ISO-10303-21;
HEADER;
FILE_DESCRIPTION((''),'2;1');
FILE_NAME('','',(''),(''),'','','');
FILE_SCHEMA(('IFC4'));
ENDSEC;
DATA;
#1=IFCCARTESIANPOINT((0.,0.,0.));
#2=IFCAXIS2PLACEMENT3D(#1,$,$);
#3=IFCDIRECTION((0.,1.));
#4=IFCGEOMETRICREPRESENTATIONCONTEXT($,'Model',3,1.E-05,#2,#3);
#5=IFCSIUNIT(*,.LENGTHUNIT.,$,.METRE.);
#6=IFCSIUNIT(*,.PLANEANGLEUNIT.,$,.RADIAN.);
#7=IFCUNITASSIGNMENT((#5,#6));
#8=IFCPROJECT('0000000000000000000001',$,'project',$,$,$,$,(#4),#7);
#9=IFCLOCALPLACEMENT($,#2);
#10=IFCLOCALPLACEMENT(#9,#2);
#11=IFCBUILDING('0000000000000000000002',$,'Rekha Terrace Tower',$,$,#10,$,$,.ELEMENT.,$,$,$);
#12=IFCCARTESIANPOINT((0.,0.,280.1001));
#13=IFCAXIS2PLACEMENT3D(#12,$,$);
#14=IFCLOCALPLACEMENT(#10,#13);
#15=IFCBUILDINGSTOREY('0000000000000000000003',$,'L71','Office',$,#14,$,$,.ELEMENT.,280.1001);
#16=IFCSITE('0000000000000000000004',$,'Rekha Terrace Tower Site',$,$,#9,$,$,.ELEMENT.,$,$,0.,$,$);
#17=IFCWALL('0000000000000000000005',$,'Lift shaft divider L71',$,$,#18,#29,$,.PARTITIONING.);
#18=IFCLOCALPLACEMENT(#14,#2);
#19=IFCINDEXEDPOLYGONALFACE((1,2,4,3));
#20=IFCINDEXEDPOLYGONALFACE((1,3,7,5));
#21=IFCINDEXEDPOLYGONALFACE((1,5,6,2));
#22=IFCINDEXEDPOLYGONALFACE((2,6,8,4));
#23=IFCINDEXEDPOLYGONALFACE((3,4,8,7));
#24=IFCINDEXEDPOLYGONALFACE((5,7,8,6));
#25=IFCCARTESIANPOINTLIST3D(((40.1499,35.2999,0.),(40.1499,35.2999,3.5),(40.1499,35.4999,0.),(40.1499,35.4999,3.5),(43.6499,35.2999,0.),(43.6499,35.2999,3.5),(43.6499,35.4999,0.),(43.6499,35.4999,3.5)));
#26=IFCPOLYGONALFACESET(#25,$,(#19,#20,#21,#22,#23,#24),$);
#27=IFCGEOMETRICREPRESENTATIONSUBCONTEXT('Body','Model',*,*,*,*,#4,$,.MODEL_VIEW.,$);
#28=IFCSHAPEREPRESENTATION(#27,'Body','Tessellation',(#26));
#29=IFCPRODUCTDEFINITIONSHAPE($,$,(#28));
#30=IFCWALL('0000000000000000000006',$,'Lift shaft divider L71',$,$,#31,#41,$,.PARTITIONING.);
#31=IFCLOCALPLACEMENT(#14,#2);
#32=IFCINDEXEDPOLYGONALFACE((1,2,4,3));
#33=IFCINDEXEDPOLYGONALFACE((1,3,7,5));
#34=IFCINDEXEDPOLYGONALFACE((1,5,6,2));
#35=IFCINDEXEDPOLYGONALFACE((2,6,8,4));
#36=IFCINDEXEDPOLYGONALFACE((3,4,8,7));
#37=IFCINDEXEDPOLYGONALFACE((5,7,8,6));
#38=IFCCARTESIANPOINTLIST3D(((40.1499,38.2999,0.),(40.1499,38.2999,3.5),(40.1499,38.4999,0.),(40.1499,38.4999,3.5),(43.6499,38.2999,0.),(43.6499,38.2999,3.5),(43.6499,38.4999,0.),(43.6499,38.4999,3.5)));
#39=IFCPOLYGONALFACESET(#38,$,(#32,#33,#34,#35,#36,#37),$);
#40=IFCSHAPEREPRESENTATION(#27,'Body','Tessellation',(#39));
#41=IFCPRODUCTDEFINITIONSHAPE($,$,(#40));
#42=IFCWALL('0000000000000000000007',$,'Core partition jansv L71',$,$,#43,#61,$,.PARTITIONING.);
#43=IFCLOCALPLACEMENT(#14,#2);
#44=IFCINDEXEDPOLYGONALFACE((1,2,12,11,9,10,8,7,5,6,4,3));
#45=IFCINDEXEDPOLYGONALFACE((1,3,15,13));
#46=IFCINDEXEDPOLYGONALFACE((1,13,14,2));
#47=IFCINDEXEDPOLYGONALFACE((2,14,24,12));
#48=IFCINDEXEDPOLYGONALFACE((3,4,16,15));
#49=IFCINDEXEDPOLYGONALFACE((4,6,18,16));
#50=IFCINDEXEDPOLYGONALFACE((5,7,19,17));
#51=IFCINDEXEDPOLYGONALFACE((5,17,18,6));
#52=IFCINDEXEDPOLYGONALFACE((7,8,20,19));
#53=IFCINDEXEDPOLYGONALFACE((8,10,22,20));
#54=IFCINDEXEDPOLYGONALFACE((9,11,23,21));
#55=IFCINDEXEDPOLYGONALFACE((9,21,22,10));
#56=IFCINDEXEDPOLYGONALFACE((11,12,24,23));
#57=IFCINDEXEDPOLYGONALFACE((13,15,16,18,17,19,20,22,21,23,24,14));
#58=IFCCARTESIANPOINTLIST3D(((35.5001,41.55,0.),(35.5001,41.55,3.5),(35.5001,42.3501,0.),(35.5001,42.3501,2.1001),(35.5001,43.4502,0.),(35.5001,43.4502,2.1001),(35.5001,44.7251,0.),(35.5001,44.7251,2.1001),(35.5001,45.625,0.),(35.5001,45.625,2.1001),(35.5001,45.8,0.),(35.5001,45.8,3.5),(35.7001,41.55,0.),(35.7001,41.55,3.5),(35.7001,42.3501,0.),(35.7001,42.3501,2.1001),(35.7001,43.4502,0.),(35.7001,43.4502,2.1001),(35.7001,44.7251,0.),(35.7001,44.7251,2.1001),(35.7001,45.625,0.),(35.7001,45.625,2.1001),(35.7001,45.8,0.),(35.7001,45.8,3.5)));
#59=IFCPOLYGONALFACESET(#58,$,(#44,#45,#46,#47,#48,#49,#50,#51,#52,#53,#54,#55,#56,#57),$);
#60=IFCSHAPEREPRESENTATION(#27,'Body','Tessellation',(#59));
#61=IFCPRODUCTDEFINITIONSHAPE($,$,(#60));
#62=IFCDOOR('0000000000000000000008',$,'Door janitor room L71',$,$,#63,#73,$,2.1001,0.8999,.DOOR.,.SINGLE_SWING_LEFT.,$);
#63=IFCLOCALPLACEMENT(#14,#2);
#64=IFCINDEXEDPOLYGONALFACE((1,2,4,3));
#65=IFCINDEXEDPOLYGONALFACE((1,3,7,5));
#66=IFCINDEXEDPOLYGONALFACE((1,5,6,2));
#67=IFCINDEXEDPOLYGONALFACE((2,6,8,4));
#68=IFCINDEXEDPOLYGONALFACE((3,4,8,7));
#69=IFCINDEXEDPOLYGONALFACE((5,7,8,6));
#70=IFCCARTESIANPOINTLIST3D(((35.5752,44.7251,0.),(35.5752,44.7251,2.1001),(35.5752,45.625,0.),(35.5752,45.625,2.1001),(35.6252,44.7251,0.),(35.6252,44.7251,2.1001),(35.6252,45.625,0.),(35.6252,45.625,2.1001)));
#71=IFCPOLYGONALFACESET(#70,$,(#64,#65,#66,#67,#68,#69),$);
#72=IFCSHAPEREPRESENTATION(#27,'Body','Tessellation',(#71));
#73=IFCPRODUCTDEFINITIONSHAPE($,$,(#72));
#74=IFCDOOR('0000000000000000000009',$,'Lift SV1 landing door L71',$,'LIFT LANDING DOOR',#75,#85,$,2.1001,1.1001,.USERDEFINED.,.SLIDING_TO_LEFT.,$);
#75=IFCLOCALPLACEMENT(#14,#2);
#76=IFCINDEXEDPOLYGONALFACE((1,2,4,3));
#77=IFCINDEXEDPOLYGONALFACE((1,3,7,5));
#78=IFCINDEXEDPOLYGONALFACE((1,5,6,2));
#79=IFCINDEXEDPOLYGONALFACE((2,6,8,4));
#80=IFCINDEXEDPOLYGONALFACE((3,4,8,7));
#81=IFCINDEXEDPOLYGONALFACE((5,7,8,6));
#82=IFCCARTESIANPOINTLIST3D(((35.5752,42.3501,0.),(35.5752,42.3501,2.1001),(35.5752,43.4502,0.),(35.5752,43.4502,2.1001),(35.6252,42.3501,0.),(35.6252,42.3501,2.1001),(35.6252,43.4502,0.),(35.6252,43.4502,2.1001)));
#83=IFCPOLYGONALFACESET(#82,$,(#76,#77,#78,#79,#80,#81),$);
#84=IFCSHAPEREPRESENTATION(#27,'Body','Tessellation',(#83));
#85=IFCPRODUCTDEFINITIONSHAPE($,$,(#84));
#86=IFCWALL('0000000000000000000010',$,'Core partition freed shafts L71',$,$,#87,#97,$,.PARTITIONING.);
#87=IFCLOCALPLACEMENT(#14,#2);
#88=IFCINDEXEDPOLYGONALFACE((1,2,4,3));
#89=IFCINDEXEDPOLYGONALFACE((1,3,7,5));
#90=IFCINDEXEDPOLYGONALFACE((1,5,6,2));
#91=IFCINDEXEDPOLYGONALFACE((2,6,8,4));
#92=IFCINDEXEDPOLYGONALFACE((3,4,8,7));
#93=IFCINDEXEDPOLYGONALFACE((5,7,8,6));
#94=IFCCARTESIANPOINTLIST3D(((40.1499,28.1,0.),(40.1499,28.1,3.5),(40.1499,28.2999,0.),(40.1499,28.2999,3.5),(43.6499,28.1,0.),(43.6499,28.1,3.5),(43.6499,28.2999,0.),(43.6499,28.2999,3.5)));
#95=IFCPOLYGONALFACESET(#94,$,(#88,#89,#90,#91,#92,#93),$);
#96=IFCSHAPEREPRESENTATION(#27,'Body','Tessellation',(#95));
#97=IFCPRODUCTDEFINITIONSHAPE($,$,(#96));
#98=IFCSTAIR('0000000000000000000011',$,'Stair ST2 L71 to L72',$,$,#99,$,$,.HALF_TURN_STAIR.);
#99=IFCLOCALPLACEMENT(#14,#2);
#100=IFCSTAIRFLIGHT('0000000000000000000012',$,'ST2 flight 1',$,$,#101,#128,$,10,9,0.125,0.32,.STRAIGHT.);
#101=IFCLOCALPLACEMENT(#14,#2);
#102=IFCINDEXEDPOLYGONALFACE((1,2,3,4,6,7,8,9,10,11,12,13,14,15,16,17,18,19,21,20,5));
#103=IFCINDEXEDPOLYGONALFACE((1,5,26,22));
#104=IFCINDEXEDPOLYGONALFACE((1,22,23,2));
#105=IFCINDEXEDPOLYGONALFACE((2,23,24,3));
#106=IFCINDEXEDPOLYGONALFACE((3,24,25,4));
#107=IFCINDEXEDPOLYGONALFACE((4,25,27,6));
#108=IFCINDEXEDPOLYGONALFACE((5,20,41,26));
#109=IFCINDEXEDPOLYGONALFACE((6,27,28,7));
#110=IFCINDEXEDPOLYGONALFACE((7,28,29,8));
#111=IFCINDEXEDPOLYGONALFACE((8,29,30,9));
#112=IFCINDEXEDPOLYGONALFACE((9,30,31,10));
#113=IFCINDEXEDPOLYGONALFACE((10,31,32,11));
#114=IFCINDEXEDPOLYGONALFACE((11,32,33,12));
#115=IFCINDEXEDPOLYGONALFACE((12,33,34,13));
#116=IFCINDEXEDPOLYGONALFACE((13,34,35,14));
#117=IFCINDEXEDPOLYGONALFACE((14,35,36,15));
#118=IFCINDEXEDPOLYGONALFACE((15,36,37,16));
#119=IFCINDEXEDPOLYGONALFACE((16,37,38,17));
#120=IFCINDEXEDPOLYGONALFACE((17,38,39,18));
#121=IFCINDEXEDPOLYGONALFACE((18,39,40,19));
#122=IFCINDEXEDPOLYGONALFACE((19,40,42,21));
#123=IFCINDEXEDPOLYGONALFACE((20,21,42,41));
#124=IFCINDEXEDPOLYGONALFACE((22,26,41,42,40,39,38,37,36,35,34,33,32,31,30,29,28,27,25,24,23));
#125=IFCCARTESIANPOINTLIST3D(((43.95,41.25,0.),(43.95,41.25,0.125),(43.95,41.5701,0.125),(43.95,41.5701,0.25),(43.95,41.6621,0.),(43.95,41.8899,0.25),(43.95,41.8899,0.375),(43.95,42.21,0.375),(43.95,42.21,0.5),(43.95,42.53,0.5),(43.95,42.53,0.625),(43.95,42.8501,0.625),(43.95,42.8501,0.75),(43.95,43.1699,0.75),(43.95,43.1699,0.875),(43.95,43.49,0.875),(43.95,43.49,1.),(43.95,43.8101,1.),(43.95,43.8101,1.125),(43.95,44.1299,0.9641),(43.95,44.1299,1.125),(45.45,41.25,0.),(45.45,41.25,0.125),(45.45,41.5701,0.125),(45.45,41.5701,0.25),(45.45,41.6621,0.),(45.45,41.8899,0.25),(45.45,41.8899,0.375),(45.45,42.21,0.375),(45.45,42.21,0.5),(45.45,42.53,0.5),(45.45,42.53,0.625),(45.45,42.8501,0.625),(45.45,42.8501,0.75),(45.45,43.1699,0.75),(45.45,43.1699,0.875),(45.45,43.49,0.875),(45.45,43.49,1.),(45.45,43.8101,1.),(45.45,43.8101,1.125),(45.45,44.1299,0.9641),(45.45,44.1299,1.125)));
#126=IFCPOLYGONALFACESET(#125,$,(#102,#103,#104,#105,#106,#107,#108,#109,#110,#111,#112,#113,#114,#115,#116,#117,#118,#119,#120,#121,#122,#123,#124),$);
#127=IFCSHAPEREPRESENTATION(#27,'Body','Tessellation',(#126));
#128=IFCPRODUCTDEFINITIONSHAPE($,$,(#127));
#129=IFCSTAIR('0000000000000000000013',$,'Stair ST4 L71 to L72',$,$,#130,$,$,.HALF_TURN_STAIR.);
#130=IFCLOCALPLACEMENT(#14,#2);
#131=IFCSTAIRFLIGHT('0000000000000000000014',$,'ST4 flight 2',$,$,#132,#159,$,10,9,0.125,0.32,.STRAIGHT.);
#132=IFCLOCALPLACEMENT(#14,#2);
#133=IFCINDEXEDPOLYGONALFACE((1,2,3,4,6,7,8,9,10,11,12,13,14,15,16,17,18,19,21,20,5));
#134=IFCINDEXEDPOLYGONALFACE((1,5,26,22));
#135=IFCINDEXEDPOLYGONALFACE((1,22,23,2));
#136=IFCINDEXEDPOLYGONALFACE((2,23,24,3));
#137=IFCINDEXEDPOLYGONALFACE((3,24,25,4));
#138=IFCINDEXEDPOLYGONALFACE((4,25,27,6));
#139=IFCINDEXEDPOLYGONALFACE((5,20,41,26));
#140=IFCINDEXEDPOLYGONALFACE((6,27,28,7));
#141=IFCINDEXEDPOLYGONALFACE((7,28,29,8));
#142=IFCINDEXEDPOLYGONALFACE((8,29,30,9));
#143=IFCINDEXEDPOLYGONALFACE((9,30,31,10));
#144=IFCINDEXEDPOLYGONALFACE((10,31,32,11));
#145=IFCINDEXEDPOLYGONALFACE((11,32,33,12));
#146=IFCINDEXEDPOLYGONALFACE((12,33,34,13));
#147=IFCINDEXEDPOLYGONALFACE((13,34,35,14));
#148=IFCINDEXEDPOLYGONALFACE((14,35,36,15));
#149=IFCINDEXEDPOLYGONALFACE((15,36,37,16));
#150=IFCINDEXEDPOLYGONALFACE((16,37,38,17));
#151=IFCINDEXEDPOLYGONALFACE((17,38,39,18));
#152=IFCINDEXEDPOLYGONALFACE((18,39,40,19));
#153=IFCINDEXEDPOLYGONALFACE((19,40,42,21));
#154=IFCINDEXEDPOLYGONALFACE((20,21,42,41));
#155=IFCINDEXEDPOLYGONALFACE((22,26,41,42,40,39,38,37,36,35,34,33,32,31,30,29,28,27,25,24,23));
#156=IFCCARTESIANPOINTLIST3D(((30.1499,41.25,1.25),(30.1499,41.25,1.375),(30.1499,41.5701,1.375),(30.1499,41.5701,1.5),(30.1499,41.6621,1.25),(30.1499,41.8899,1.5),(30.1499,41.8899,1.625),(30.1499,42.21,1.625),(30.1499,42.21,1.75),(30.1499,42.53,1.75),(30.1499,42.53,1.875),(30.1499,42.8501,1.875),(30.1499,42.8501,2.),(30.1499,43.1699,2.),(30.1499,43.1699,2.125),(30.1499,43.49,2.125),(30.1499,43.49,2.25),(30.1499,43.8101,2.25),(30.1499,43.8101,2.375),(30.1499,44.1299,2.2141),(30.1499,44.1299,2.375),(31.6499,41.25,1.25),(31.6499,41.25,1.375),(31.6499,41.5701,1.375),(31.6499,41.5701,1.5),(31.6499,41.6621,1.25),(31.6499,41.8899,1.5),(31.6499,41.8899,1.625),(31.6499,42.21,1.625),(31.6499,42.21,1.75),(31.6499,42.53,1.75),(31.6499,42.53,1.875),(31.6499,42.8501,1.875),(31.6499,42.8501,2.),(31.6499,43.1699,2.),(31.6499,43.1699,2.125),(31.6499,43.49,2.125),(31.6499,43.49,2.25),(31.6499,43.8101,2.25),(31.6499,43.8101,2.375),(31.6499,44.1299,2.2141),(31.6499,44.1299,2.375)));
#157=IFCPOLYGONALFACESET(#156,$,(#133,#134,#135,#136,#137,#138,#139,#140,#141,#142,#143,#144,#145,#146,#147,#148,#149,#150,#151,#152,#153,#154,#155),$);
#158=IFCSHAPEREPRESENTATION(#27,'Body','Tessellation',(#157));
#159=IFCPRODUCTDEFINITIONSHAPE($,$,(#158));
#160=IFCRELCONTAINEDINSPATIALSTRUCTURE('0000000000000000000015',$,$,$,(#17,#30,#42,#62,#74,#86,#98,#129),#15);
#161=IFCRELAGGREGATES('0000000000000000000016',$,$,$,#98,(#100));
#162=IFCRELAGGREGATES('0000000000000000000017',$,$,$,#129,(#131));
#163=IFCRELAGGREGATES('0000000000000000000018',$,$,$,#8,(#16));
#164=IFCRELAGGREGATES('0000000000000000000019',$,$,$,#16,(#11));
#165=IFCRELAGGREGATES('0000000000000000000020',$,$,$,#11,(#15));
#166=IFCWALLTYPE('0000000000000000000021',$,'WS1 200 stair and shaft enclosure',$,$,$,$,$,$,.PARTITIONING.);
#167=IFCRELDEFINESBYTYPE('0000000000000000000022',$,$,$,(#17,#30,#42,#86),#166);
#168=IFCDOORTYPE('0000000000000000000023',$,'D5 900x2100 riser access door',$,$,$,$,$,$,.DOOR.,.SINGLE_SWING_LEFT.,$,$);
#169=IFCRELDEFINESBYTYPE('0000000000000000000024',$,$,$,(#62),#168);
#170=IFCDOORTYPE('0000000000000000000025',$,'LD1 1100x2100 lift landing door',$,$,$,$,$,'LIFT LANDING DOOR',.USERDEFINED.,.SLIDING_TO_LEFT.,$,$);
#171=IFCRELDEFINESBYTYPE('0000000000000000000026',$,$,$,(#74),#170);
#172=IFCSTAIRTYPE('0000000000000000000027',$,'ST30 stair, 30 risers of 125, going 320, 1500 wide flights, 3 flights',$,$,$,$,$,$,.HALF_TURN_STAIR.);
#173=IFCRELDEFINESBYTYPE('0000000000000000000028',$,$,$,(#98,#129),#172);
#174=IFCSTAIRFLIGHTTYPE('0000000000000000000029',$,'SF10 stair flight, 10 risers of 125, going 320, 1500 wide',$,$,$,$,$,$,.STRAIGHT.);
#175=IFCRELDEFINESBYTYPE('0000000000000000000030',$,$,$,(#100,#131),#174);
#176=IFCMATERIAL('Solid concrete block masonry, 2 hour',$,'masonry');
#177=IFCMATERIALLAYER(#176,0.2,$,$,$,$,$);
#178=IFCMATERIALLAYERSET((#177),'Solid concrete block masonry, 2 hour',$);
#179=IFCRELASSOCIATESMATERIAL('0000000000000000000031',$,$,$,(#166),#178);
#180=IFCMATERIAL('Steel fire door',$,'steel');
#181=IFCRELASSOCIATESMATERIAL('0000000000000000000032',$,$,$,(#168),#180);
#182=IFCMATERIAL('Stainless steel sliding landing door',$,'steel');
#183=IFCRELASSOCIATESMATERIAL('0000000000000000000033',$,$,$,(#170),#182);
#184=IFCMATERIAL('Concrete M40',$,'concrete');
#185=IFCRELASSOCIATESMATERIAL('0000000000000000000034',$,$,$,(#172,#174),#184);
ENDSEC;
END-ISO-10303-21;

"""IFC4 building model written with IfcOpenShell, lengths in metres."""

from ifc_helpers import new_model, si_unit, direction, frame, frame_2d, origin, place, context, subcontext, project, spatial, polyline, rectangle, outline, extrude, material, layer, layer_set, type_object, element, fill, aggregate, save


model = new_model("IFC4")

# Units and contexts
model_context = context("Model", 3, precision=1e-05, world=origin(), true_north=direction((0.0, 1.0)))
body_context = subcontext(model_context, "Body", "Model", "MODEL_VIEW")
ifc_project = project(units=[si_unit("LENGTHUNIT", "METRE"), si_unit("PLANEANGLEUNIT", "RADIAN")], contexts=[model_context])

# Site, building, storey
site_placement = place(None, origin())
site = spatial("IfcSite", under=ifc_project, at=site_placement, Name="Rekha Terrace Tower Site", CompositionType="ELEMENT", RefElevation=0.0)
building_placement = place(site_placement, origin())
building = spatial("IfcBuilding", under=site, at=building_placement, Name="Rekha Terrace Tower", CompositionType="ELEMENT")
storey_placement = place(building_placement, frame((0.0, 0.0, 280.1001)))
storey = spatial("IfcBuildingStorey", under=building, at=storey_placement, Name="L71", Description="Office", CompositionType="ELEMENT", Elevation=280.1001)

# Shared definitions
ifc_material_1 = material(Name="Stainless steel sliding landing door", Category="steel")
ifc_material_2 = material(Name="Steel fire door", Category="steel")

# Walls
ifc_material_3 = material(Name="Solid concrete block masonry, 2 hour", Category="masonry")
ifc_layer_1 = layer(ifc_material_3, 0.2)
ifc_layer_set_1 = layer_set([ifc_layer_1], Name="Solid concrete block masonry, 2 hour")
wall_type_1 = type_object("IfcWallType", Name="WS1 200 stair and shaft enclosure", PredefinedType="PARTITIONING", material=ifc_layer_set_1)
for number, where, z_axis, x_axis, name in (
    (1, (40.1499, 35.3999, 0.0), (0.0, 0.0, 1.0), (1.0, 0.0, 0.0), "Lift shaft divider L71"),
    (2, (40.1499, 38.3999, 0.0), (0.0, 0.0, 1.0), (1.0, 0.0, 0.0), "Lift shaft divider L71"),
):
    element("IfcWall", number, at=place(storey_placement, frame(where, z_axis=z_axis, x_axis=x_axis)), inside=storey, type_object=wall_type_1, Name=name, PredefinedType="PARTITIONING", context=body_context, shape_type="SweptSolid", body=[
        extrude(rectangle(XDim=3.5, YDim=0.2, at=frame_2d((1.75, 0.0))), origin(), (0.0, 0.0, 1.0), 3.5),
    ])

# Wall, openings, doors
wall_1_placement = place(storey_placement, frame((35.6001, 41.55, 0.0), z_axis=(0.0, 0.0, 1.0), x_axis=(0.0, 1.0, 0.0)))
wall_1 = element("IfcWall", 3, at=wall_1_placement, inside=storey, type_object=wall_type_1, Name="Core partition jansv L71", PredefinedType="PARTITIONING", context=body_context, shape_type="SweptSolid", body=[
    extrude(rectangle(XDim=4.25, YDim=0.2, at=frame_2d((2.125, 0.0))), origin(), (0.0, 0.0, 1.0), 3.5),
])
opening_1_placement = place(wall_1_placement, frame((3.175, 0.0, 0.0)))
opening_1 = element("IfcOpeningElement", 4, at=opening_1_placement, cuts=wall_1, PredefinedType="OPENING", context=body_context, shape_type="SweptSolid", body=[
    extrude(rectangle(XDim=0.8999, YDim=2.1001, at=frame_2d((0.45, 1.05))), frame((0.0, 0.1099, 0.0), z_axis=(0.0, -1.0, 0.0), x_axis=(1.0, 0.0, 0.0)), (0.0, 0.0, 1.0), 0.22),
])
opening_2_placement = place(wall_1_placement, frame((0.8, 0.0, 0.0)))
opening_2 = element("IfcOpeningElement", 5, at=opening_2_placement, cuts=wall_1, PredefinedType="OPENING", context=body_context, shape_type="SweptSolid", body=[
    extrude(rectangle(XDim=1.1001, YDim=2.1001, at=frame_2d((0.55, 1.05))), frame((0.0, 0.1099, 0.0), z_axis=(0.0, -1.0, 0.0), x_axis=(1.0, 0.0, 0.0)), (0.0, 0.0, 1.0), 0.22),
])
door_type_1 = type_object("IfcDoorType", Name="D5 900x2100 riser access door", OperationType="SINGLE_SWING_LEFT", PredefinedType="DOOR", material=ifc_material_2)
door_1_placement = place(opening_1_placement, origin())
door_1 = element("IfcDoor", 6, at=door_1_placement, inside=storey, type_object=door_type_1, Name="Door janitor room L71", OperationType="SINGLE_SWING_LEFT", OverallHeight=2.1001, OverallWidth=0.8999, PredefinedType="DOOR", context=body_context, shape_type="SweptSolid", body=[
    extrude(rectangle(XDim=0.8999, YDim=2.1001, at=frame_2d((0.45, 1.05))), frame((0.0, 0.0249, 0.0), z_axis=(0.0, -1.0, 0.0), x_axis=(1.0, 0.0, 0.0)), (0.0, 0.0, 1.0), 0.05),
])
fill(opening_1, door_1)
door_type_2 = type_object("IfcDoorType", Name="LD1 1100x2100 lift landing door", ElementType="LIFT LANDING DOOR", OperationType="SLIDING_TO_LEFT", PredefinedType="USERDEFINED", material=ifc_material_1)
door_2_placement = place(opening_2_placement, origin())
door_2 = element("IfcDoor", 7, at=door_2_placement, inside=storey, type_object=door_type_2, Name="Lift SV1 landing door L71", ObjectType="LIFT LANDING DOOR", OperationType="SLIDING_TO_LEFT", OverallHeight=2.1001, OverallWidth=1.1001, PredefinedType="USERDEFINED", context=body_context, shape_type="SweptSolid", body=[
    extrude(rectangle(XDim=1.1001, YDim=2.1001, at=frame_2d((0.55, 1.05))), frame((0.0, 0.0249, 0.0), z_axis=(0.0, -1.0, 0.0), x_axis=(1.0, 0.0, 0.0)), (0.0, 0.0, 1.0), 0.05),
])
fill(opening_2, door_2)

# Wall
wall_2_placement = place(storey_placement, frame((40.1499, 28.2, 0.0), z_axis=(0.0, 0.0, 1.0), x_axis=(1.0, 0.0, 0.0)))
element("IfcWall", 8, at=wall_2_placement, inside=storey, type_object=wall_type_1, Name="Core partition freed shafts L71", PredefinedType="PARTITIONING", context=body_context, shape_type="SweptSolid", body=[
    extrude(rectangle(XDim=3.5, YDim=0.2, at=frame_2d((1.75, 0.0))), origin(), (0.0, 0.0, 1.0), 3.5),
])

# Stairs, stair flights
ifc_material_4 = material(Name="Concrete M40", Category="concrete")
stair_type = type_object("IfcStairType", Name="ST30 stair, 30 risers of 125, going 320, 1500 wide flights, 3 flights", PredefinedType="HALF_TURN_STAIR", material=ifc_material_4)
stair_1_placement = place(storey_placement, origin())
stair_1 = element("IfcStair", 9, at=stair_1_placement, inside=storey, type_object=stair_type, Name="Stair ST2 L71 to L72", PredefinedType="HALF_TURN_STAIR")
stair_flight_type = type_object("IfcStairFlightType", Name="SF10 stair flight, 10 risers of 125, going 320, 1500 wide", PredefinedType="STRAIGHT", material=ifc_material_4)
stair_flight_1_placement = place(storey_placement, frame((44.7, 41.25, 0.0), z_axis=(0.0, 0.0, 1.0), x_axis=(0.0, 1.0, 0.0)))
stair_flight_1 = element("IfcStairFlight", 10, at=stair_flight_1_placement, type_object=stair_flight_type, Name="ST2 flight 1", NumberOfRisers=10, NumberOfTreads=9, PredefinedType="STRAIGHT", RiserHeight=0.125, TreadLength=0.32, context=body_context, shape_type="SweptSolid", body=[
    extrude(outline(polyline([(0.0, 0.0), (0.0, 0.125), (0.3201, 0.125), (0.3201, 0.25), (0.6399, 0.25), (0.6399, 0.375), (0.96, 0.375), (0.96, 0.5), (1.28, 0.5), (1.28, 0.625), (1.6001, 0.625), (1.6001, 0.75), (1.9199, 0.75), (1.9199, 0.875), (2.24, 0.875), (2.24, 1.0), (2.5601, 1.0), (2.5601, 1.125), (2.8799, 1.125), (2.8799, 1.25), (2.8799, 0.9641), (0.4121, 0.0), (0.0, 0.0)])), frame((0.0, 0.75, 0.0), z_axis=(0.0, -1.0, 0.0), x_axis=(1.0, 0.0, 0.0)), (0.0, 0.0, 1.0), 1.5),
])
aggregate(stair_1, [stair_flight_1])
stair_2_placement = place(storey_placement, origin())
stair_2 = element("IfcStair", 11, at=stair_2_placement, inside=storey, type_object=stair_type, Name="Stair ST4 L71 to L72", PredefinedType="HALF_TURN_STAIR")
stair_flight_2_placement = place(storey_placement, frame((30.8999, 41.25, 1.25), z_axis=(0.0, 0.0, 1.0), x_axis=(0.0, 1.0, 0.0)))
stair_flight_2 = element("IfcStairFlight", 12, at=stair_flight_2_placement, type_object=stair_flight_type, Name="ST4 flight 2", NumberOfRisers=10, NumberOfTreads=9, PredefinedType="STRAIGHT", RiserHeight=0.125, TreadLength=0.32, context=body_context, shape_type="SweptSolid", body=[
    extrude(outline(polyline([(0.0, 0.0), (0.0, 0.125), (0.3201, 0.125), (0.3201, 0.25), (0.6399, 0.25), (0.6399, 0.375), (0.96, 0.375), (0.96, 0.5), (1.28, 0.5), (1.28, 0.625), (1.6001, 0.625), (1.6001, 0.75), (1.9199, 0.75), (1.9199, 0.875), (2.24, 0.875), (2.24, 1.0), (2.5601, 1.0), (2.5601, 1.125), (2.8799, 1.125), (2.8799, 1.25), (2.8799, 0.9641), (0.4121, 0.0), (0.0, 0.0)])), frame((0.0, 0.75, 0.0), z_axis=(0.0, -1.0, 0.0), x_axis=(1.0, 0.0, 0.0)), (0.0, 0.0, 1.0), 1.5),
])
aggregate(stair_2, [stair_flight_2])

save(model, "model.ifc")
